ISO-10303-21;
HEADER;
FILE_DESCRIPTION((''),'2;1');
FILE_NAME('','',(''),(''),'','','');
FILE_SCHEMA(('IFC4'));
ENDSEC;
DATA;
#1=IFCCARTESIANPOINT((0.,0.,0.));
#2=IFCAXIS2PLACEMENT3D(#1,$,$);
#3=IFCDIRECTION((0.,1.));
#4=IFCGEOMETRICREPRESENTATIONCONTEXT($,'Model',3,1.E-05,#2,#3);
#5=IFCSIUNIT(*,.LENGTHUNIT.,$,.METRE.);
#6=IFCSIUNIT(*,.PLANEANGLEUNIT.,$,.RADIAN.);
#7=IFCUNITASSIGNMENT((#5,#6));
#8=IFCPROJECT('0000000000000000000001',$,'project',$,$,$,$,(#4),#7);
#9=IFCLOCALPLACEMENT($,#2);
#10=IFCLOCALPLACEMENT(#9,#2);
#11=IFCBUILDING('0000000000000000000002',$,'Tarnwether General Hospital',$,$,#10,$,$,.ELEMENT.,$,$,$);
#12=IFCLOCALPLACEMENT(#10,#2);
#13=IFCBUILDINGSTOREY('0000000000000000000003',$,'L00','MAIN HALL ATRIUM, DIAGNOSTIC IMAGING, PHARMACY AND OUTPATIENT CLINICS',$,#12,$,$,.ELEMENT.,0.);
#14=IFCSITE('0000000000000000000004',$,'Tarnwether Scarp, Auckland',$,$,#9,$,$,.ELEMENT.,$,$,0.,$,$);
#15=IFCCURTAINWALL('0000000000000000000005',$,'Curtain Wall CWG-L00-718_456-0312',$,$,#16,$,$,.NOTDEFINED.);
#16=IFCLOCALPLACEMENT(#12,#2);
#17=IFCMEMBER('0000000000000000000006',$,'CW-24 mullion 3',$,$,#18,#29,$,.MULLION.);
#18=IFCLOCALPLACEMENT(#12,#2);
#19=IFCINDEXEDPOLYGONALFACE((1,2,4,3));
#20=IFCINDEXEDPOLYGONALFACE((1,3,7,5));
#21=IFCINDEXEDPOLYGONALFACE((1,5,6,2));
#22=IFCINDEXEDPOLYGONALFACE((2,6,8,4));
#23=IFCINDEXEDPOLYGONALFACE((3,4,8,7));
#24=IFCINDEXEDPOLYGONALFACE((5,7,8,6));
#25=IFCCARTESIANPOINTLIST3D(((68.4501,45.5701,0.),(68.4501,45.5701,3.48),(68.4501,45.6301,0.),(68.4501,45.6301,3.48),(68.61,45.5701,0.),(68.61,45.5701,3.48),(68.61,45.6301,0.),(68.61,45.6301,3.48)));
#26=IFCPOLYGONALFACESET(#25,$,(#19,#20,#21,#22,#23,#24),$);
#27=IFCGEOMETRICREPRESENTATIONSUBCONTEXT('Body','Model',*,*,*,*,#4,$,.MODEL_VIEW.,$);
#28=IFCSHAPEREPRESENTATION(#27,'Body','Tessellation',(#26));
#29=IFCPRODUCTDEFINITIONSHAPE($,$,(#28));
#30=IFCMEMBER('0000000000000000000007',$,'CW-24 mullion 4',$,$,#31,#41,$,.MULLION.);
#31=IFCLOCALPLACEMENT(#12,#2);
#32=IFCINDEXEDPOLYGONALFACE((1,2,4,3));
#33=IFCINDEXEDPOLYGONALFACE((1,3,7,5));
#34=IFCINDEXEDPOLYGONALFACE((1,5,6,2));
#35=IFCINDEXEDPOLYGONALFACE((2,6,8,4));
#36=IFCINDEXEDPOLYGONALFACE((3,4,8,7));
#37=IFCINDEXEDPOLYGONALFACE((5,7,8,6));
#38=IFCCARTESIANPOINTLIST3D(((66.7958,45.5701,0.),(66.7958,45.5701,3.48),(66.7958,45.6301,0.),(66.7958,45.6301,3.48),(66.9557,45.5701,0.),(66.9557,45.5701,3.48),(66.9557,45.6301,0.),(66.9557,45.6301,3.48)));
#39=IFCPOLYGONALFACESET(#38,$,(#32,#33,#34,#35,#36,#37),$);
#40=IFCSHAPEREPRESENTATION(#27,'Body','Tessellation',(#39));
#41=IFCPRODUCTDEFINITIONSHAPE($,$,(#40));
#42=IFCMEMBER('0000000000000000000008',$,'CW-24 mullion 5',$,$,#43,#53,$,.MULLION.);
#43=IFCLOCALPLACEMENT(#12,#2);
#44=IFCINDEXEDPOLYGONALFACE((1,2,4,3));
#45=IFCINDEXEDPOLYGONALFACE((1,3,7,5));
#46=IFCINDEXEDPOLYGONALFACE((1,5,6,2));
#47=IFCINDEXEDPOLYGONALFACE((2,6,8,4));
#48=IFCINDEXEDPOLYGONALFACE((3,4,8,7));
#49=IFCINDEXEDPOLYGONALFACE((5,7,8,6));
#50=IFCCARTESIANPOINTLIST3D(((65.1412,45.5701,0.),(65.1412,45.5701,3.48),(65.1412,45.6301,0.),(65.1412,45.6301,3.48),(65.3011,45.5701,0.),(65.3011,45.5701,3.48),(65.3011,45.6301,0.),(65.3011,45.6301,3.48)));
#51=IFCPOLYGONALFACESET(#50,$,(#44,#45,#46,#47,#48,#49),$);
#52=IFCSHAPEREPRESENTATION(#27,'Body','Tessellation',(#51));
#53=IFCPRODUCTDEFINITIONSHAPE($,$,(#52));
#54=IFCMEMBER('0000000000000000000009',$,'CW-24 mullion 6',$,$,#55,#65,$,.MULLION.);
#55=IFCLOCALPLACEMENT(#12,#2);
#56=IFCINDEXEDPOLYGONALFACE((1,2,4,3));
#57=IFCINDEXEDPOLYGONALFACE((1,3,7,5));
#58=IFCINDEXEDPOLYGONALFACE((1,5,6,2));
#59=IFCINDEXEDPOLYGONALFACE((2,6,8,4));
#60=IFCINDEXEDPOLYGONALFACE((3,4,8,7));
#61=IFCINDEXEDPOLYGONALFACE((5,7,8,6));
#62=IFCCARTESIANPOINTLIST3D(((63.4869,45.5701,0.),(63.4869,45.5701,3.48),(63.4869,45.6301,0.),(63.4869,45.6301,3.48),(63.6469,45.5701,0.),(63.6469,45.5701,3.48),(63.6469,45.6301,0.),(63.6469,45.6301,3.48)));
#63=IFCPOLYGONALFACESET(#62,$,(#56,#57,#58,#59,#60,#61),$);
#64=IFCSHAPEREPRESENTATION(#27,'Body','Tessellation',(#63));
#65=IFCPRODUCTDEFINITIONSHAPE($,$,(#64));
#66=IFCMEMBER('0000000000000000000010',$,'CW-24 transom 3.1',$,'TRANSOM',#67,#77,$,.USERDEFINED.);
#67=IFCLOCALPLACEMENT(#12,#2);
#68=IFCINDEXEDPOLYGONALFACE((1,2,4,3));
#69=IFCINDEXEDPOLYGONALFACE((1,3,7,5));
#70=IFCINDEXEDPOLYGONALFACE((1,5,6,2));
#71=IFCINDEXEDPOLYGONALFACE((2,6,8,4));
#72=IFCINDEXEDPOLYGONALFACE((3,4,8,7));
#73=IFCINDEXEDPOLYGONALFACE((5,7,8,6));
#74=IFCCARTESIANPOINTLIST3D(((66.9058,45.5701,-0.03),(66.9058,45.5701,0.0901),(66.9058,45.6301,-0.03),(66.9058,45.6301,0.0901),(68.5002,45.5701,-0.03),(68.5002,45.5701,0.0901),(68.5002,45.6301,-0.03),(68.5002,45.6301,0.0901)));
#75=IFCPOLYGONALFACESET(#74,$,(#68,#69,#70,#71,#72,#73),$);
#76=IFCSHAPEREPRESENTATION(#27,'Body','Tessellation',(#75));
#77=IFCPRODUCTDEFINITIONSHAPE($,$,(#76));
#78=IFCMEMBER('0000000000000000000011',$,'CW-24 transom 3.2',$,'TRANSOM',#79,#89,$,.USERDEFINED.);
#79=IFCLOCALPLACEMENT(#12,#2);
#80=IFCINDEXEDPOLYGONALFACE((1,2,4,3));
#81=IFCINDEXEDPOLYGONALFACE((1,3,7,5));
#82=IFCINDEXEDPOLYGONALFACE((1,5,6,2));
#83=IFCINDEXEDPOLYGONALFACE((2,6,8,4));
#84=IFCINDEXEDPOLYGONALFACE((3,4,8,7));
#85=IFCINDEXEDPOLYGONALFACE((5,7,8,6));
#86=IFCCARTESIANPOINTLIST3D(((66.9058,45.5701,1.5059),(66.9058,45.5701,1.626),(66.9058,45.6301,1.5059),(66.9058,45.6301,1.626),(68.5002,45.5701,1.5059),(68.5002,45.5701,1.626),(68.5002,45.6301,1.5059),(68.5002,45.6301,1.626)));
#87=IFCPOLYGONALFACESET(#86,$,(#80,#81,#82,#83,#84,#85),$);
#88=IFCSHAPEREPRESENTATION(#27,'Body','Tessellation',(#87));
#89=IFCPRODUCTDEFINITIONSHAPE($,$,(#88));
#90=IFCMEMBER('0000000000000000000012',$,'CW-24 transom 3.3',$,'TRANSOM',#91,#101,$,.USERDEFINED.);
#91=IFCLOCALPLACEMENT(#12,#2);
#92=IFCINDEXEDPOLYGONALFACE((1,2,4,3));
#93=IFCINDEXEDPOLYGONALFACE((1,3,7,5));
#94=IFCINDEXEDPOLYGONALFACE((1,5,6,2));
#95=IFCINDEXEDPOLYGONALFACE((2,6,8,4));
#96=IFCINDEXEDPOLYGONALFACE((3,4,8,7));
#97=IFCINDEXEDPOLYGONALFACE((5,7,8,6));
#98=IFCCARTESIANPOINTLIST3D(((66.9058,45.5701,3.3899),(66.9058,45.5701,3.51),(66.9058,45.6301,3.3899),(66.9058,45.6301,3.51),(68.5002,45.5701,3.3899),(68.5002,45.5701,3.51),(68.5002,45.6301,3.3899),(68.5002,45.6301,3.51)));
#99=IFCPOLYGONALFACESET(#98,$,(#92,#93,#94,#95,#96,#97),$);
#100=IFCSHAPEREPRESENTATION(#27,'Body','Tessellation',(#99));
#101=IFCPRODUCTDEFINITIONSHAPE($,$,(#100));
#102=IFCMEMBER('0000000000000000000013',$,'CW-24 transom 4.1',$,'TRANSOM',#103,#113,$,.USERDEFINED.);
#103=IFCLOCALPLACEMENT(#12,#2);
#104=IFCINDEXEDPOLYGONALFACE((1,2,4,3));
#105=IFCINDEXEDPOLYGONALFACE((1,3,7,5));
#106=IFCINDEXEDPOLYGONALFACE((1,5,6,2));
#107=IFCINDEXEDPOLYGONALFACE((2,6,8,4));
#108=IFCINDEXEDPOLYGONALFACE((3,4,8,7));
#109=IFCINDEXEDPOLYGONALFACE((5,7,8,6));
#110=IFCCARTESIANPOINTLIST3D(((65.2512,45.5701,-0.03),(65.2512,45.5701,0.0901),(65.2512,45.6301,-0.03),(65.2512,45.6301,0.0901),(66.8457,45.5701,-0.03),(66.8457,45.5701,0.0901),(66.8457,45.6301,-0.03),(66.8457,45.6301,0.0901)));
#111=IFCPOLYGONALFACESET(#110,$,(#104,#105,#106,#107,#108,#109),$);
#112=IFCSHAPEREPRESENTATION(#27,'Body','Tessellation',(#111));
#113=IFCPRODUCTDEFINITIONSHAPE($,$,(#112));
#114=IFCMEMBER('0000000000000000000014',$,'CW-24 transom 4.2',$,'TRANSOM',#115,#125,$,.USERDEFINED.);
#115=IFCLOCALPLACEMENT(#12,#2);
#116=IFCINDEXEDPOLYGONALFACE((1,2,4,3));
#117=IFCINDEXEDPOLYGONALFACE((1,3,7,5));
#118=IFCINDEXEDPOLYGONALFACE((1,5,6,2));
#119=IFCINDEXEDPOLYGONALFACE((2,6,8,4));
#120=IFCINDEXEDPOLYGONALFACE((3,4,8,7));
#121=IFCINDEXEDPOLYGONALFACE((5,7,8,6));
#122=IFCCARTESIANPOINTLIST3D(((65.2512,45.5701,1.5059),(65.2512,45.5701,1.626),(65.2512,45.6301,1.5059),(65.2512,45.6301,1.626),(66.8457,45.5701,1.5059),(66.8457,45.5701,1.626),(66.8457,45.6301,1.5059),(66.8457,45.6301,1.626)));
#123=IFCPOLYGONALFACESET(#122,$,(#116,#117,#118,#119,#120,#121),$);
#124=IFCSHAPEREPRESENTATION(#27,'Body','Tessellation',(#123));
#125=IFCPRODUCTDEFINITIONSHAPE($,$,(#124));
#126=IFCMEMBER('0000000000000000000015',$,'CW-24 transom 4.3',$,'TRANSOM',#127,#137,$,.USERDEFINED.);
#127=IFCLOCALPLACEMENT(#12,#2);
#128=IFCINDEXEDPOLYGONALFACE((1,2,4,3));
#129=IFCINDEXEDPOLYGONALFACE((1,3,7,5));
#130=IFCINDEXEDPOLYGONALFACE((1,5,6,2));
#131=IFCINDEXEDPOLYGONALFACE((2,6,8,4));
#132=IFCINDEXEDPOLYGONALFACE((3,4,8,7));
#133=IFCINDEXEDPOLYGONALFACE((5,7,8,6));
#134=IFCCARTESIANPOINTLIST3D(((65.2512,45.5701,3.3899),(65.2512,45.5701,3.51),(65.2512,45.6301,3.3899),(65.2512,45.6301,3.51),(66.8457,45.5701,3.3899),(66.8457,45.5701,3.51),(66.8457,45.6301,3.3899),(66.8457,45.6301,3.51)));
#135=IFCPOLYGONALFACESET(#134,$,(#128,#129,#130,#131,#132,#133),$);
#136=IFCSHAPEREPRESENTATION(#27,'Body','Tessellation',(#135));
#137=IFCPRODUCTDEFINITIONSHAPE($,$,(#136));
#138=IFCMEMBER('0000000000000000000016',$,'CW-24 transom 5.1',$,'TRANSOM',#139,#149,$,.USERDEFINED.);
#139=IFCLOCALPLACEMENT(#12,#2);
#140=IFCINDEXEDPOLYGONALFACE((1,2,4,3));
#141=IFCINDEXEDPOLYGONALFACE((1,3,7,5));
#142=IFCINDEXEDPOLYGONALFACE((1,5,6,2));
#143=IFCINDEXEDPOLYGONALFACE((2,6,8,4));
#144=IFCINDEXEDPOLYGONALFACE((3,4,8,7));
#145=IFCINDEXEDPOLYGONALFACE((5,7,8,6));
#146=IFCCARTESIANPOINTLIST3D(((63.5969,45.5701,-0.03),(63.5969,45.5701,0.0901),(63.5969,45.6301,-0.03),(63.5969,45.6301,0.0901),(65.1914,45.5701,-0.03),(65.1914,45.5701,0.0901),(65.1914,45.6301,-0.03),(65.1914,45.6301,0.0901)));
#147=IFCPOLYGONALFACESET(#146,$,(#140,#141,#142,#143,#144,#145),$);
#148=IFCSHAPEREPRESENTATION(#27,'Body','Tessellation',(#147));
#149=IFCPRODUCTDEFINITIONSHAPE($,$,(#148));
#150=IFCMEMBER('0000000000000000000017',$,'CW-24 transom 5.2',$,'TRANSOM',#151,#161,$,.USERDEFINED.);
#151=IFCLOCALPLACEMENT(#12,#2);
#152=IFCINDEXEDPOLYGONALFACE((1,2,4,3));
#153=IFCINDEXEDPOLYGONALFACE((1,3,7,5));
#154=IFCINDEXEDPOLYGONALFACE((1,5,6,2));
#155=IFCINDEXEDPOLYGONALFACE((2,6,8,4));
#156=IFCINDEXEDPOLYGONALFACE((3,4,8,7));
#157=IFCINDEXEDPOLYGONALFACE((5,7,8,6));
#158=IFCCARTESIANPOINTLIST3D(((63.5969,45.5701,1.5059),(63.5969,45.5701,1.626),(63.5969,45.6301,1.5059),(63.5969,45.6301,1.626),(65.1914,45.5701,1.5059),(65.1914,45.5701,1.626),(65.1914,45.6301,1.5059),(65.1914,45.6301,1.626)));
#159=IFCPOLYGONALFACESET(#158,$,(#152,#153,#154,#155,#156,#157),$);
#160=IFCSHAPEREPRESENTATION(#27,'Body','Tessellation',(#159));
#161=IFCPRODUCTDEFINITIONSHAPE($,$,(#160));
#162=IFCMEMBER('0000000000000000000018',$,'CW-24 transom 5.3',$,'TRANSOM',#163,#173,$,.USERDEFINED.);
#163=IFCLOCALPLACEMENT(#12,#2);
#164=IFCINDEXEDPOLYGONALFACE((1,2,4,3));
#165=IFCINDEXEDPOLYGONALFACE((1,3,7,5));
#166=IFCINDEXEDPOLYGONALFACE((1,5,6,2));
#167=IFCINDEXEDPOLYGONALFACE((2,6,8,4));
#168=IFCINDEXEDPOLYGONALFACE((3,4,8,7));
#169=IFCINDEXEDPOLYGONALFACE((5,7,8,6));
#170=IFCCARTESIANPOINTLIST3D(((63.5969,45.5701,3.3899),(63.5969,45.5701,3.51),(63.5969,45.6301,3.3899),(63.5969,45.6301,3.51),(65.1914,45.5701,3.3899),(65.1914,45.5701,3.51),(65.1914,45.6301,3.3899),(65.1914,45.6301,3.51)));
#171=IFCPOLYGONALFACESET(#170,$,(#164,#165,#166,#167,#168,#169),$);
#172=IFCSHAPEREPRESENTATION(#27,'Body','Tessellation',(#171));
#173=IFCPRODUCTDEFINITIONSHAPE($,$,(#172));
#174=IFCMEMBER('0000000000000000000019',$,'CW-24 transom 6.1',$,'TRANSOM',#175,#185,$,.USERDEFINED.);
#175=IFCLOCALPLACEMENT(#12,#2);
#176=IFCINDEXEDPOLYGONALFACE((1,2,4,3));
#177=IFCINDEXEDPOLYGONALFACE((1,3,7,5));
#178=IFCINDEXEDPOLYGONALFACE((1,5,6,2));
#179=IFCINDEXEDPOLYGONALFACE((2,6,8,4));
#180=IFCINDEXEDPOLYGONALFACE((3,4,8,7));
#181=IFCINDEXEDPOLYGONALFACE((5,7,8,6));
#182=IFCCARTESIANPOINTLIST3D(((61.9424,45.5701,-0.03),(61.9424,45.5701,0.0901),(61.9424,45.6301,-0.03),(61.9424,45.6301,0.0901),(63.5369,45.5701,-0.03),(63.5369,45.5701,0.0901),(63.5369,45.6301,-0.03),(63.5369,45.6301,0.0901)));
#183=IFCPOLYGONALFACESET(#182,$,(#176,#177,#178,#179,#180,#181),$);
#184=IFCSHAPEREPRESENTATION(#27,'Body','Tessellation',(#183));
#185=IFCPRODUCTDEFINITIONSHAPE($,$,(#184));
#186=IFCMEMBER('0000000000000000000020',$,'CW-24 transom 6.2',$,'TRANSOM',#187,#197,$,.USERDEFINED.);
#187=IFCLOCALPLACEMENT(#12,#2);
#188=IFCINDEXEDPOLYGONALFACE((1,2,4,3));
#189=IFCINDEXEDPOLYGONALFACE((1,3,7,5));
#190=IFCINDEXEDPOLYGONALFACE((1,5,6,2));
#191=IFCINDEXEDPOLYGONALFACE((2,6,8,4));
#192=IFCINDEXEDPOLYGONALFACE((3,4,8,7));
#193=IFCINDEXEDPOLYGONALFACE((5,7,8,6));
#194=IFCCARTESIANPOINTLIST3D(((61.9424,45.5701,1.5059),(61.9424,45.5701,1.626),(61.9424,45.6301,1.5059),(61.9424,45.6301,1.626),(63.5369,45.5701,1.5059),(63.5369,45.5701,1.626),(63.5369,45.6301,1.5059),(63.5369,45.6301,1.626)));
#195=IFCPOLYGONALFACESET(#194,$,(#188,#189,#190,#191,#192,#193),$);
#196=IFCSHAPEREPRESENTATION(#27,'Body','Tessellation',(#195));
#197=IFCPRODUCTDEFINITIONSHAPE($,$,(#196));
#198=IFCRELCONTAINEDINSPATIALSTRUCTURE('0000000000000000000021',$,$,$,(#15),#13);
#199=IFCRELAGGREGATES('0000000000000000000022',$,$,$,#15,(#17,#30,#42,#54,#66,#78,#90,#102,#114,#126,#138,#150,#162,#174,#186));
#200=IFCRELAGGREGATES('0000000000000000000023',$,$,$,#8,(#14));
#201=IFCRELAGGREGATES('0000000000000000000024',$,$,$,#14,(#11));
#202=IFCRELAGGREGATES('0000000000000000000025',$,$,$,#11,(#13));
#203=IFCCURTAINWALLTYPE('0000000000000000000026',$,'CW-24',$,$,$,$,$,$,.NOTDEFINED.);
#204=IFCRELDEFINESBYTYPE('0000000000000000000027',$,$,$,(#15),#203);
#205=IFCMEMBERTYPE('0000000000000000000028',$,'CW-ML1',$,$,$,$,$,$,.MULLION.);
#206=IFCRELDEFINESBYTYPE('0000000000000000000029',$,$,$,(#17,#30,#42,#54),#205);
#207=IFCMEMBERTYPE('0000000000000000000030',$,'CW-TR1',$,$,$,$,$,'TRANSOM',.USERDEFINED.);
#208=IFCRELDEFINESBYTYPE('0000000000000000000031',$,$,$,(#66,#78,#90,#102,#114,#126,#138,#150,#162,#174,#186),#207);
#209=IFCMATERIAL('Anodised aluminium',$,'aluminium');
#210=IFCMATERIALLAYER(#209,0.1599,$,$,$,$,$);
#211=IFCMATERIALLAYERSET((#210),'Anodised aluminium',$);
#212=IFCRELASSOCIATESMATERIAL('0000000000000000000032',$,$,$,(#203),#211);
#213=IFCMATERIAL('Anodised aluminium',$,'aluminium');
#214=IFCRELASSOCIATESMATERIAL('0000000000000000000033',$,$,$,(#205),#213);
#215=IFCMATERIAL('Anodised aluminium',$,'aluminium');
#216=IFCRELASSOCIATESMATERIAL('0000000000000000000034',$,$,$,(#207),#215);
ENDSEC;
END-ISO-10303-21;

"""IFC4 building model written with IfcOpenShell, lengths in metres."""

from ifc_helpers import new_model, si_unit, direction, frame, origin, origin_2d, place, context, subcontext, project, spatial, rectangle, extrude, material, layer, layer_set, material_profile, profile_set, type_object, element, aggregate, save


model = new_model("IFC4")

# Units and contexts
model_context = context("Model", 3, precision=1e-05, world=origin(), true_north=direction((0.0, 1.0)))
body_context = subcontext(model_context, "Body", "Model", "MODEL_VIEW")
ifc_project = project(units=[si_unit("LENGTHUNIT", "METRE"), si_unit("PLANEANGLEUNIT", "RADIAN")], contexts=[model_context])

# Site, building, storey
site_placement = place(None, origin())
site = spatial("IfcSite", under=ifc_project, at=site_placement, Name="Tarnwether Scarp, Auckland", CompositionType="ELEMENT", RefElevation=0.0)
building_placement = place(site_placement, origin())
building = spatial("IfcBuilding", under=site, at=building_placement, Name="Tarnwether General Hospital", CompositionType="ELEMENT")
storey_placement = place(building_placement, origin())
storey = spatial("IfcBuildingStorey", under=building, at=storey_placement, Name="L00", Description="MAIN HALL ATRIUM, DIAGNOSTIC IMAGING, PHARMACY AND OUTPATIENT CLINICS", CompositionType="ELEMENT", Elevation=0.0)

# Curtain wall, members
ifc_material_1 = material(Name="Anodised aluminium", Category="aluminium")
ifc_layer_1 = layer(ifc_material_1, 0.1599)
ifc_layer_set_1 = layer_set([ifc_layer_1], Name="Anodised aluminium")
curtain_wall_type = type_object("IfcCurtainWallType", Name="CW-24", PredefinedType="NOTDEFINED", material=ifc_layer_set_1)
curtain_wall_placement = place(storey_placement, origin())
curtain_wall = element("IfcCurtainWall", 1, at=curtain_wall_placement, inside=storey, type_object=curtain_wall_type, Name="Curtain Wall CWG-L00-718_456-0312", PredefinedType="NOTDEFINED")
ifc_material_2 = material(Name="Anodised aluminium", Category="aluminium")
ifc_material_profile_1 = material_profile(ifc_material_2, rectangle(XDim=0.0601, YDim=0.1599, at=origin_2d()), Name="ALU-MUL-60x160")
ifc_profile_set_1 = profile_set([ifc_material_profile_1], Name="Anodised aluminium")
member_type_1 = type_object("IfcMemberType", Name="CW-ML1", PredefinedType="MULLION", material=ifc_profile_set_1)
member_1_placement = place(storey_placement, frame((68.53, 45.6001, 0.0), z_axis=(0.0, 0.0, 1.0), x_axis=(0.0, -1.0, 0.0)))
member_1 = element("IfcMember", 2, at=member_1_placement, type_object=member_type_1, Name="CW-24 mullion 3", PredefinedType="MULLION", context=body_context, shape_type="SweptSolid", body=[
    extrude(rectangle(XDim=0.0601, YDim=0.1599, at=origin_2d()), origin(), (0.0, 0.0, 1.0), 3.48),
])
member_2_placement = place(storey_placement, frame((66.8757, 45.6001, 0.0), z_axis=(0.0, 0.0, 1.0), x_axis=(0.0, -1.0, 0.0)))
member_2 = element("IfcMember", 3, at=member_2_placement, type_object=member_type_1, Name="CW-24 mullion 4", PredefinedType="MULLION", context=body_context, shape_type="SweptSolid", body=[
    extrude(rectangle(XDim=0.0601, YDim=0.1599, at=origin_2d()), origin(), (0.0, 0.0, 1.0), 3.48),
])
member_3_placement = place(storey_placement, frame((65.2212, 45.6001, 0.0), z_axis=(0.0, 0.0, 1.0), x_axis=(0.0, -1.0, 0.0)))
member_3 = element("IfcMember", 4, at=member_3_placement, type_object=member_type_1, Name="CW-24 mullion 5", PredefinedType="MULLION", context=body_context, shape_type="SweptSolid", body=[
    extrude(rectangle(XDim=0.0601, YDim=0.1599, at=origin_2d()), origin(), (0.0, 0.0, 1.0), 3.48),
])
member_4_placement = place(storey_placement, frame((63.5669, 45.6001, 0.0), z_axis=(0.0, 0.0, 1.0), x_axis=(0.0, -1.0, 0.0)))
member_4 = element("IfcMember", 5, at=member_4_placement, type_object=member_type_1, Name="CW-24 mullion 6", PredefinedType="MULLION", context=body_context, shape_type="SweptSolid", body=[
    extrude(rectangle(XDim=0.0601, YDim=0.1599, at=origin_2d()), origin(), (0.0, 0.0, 1.0), 3.48),
])
ifc_material_3 = material(Name="Anodised aluminium", Category="aluminium")
ifc_material_profile_2 = material_profile(ifc_material_3, rectangle(XDim=0.0601, YDim=0.1201, at=origin_2d()), Name="ALU-TRN-60x120")
ifc_profile_set_2 = profile_set([ifc_material_profile_2], Name="Anodised aluminium")
member_type_2 = type_object("IfcMemberType", Name="CW-TR1", ElementType="TRANSOM", PredefinedType="USERDEFINED", material=ifc_profile_set_2)
member_5_placement = place(storey_placement, frame((68.5002, 45.6001, 0.03), z_axis=(-1.0, 0.0, 0.0), x_axis=(0.0, -1.0, 0.0)))
member_5 = element("IfcMember", 6, at=member_5_placement, type_object=member_type_2, Name="CW-24 transom 3.1", ObjectType="TRANSOM", PredefinedType="USERDEFINED", context=body_context, shape_type="SweptSolid", body=[
    extrude(rectangle(XDim=0.0601, YDim=0.1201, at=origin_2d()), origin(), (0.0, 0.0, 1.0), 1.5945),
])
member_6_placement = place(storey_placement, frame((68.5002, 45.6001, 1.5659), z_axis=(-1.0, 0.0, 0.0), x_axis=(0.0, -1.0, 0.0)))
member_6 = element("IfcMember", 7, at=member_6_placement, type_object=member_type_2, Name="CW-24 transom 3.2", ObjectType="TRANSOM", PredefinedType="USERDEFINED", context=body_context, shape_type="SweptSolid", body=[
    extrude(rectangle(XDim=0.0601, YDim=0.1201, at=origin_2d()), origin(), (0.0, 0.0, 1.0), 1.5945),
])
member_7_placement = place(storey_placement, frame((68.5002, 45.6001, 3.45), z_axis=(-1.0, 0.0, 0.0), x_axis=(0.0, -1.0, 0.0)))
member_7 = element("IfcMember", 8, at=member_7_placement, type_object=member_type_2, Name="CW-24 transom 3.3", ObjectType="TRANSOM", PredefinedType="USERDEFINED", context=body_context, shape_type="SweptSolid", body=[
    extrude(rectangle(XDim=0.0601, YDim=0.1201, at=origin_2d()), origin(), (0.0, 0.0, 1.0), 1.5945),
])
member_8_placement = place(storey_placement, frame((66.8457, 45.6001, 0.03), z_axis=(-1.0, 0.0, 0.0), x_axis=(0.0, -1.0, 0.0)))
member_8 = element("IfcMember", 9, at=member_8_placement, type_object=member_type_2, Name="CW-24 transom 4.1", ObjectType="TRANSOM", PredefinedType="USERDEFINED", context=body_context, shape_type="SweptSolid", body=[
    extrude(rectangle(XDim=0.0601, YDim=0.1201, at=origin_2d()), origin(), (0.0, 0.0, 1.0), 1.5945),
])
member_9_placement = place(storey_placement, frame((66.8457, 45.6001, 1.5659), z_axis=(-1.0, 0.0, 0.0), x_axis=(0.0, -1.0, 0.0)))
member_9 = element("IfcMember", 10, at=member_9_placement, type_object=member_type_2, Name="CW-24 transom 4.2", ObjectType="TRANSOM", PredefinedType="USERDEFINED", context=body_context, shape_type="SweptSolid", body=[
    extrude(rectangle(XDim=0.0601, YDim=0.1201, at=origin_2d()), origin(), (0.0, 0.0, 1.0), 1.5945),
])
member_10_placement = place(storey_placement, frame((66.8457, 45.6001, 3.45), z_axis=(-1.0, 0.0, 0.0), x_axis=(0.0, -1.0, 0.0)))
member_10 = element("IfcMember", 11, at=member_10_placement, type_object=member_type_2, Name="CW-24 transom 4.3", ObjectType="TRANSOM", PredefinedType="USERDEFINED", context=body_context, shape_type="SweptSolid", body=[
    extrude(rectangle(XDim=0.0601, YDim=0.1201, at=origin_2d()), origin(), (0.0, 0.0, 1.0), 1.5945),
])
member_11_placement = place(storey_placement, frame((65.1914, 45.6001, 0.03), z_axis=(-1.0, 0.0, 0.0), x_axis=(0.0, -1.0, 0.0)))
member_11 = element("IfcMember", 12, at=member_11_placement, type_object=member_type_2, Name="CW-24 transom 5.1", ObjectType="TRANSOM", PredefinedType="USERDEFINED", context=body_context, shape_type="SweptSolid", body=[
    extrude(rectangle(XDim=0.0601, YDim=0.1201, at=origin_2d()), origin(), (0.0, 0.0, 1.0), 1.5945),
])
member_12_placement = place(storey_placement, frame((65.1914, 45.6001, 1.5659), z_axis=(-1.0, 0.0, 0.0), x_axis=(0.0, -1.0, 0.0)))
member_12 = element("IfcMember", 13, at=member_12_placement, type_object=member_type_2, Name="CW-24 transom 5.2", ObjectType="TRANSOM", PredefinedType="USERDEFINED", context=body_context, shape_type="SweptSolid", body=[
    extrude(rectangle(XDim=0.0601, YDim=0.1201, at=origin_2d()), origin(), (0.0, 0.0, 1.0), 1.5945),
])
member_13_placement = place(storey_placement, frame((65.1914, 45.6001, 3.45), z_axis=(-1.0, 0.0, 0.0), x_axis=(0.0, -1.0, 0.0)))
member_13 = element("IfcMember", 14, at=member_13_placement, type_object=member_type_2, Name="CW-24 transom 5.3", ObjectType="TRANSOM", PredefinedType="USERDEFINED", context=body_context, shape_type="SweptSolid", body=[
    extrude(rectangle(XDim=0.0601, YDim=0.1201, at=origin_2d()), origin(), (0.0, 0.0, 1.0), 1.5945),
])
member_14_placement = place(storey_placement, frame((63.5369, 45.6001, 0.03), z_axis=(-1.0, 0.0, 0.0), x_axis=(0.0, -1.0, 0.0)))
member_14 = element("IfcMember", 15, at=member_14_placement, type_object=member_type_2, Name="CW-24 transom 6.1", ObjectType="TRANSOM", PredefinedType="USERDEFINED", context=body_context, shape_type="SweptSolid", body=[
    extrude(rectangle(XDim=0.0601, YDim=0.1201, at=origin_2d()), origin(), (0.0, 0.0, 1.0), 1.5945),
])
member_15_placement = place(storey_placement, frame((63.5369, 45.6001, 1.5659), z_axis=(-1.0, 0.0, 0.0), x_axis=(0.0, -1.0, 0.0)))
member_15 = element("IfcMember", 16, at=member_15_placement, type_object=member_type_2, Name="CW-24 transom 6.2", ObjectType="TRANSOM", PredefinedType="USERDEFINED", context=body_context, shape_type="SweptSolid", body=[
    extrude(rectangle(XDim=0.0601, YDim=0.1201, at=origin_2d()), origin(), (0.0, 0.0, 1.0), 1.5945),
])
aggregate(curtain_wall, [member_1, member_2, member_3, member_4, member_5, member_6, member_7, member_8, member_9, member_10, member_11, member_12, member_13, member_14, member_15])

save(model, "model.ifc")
